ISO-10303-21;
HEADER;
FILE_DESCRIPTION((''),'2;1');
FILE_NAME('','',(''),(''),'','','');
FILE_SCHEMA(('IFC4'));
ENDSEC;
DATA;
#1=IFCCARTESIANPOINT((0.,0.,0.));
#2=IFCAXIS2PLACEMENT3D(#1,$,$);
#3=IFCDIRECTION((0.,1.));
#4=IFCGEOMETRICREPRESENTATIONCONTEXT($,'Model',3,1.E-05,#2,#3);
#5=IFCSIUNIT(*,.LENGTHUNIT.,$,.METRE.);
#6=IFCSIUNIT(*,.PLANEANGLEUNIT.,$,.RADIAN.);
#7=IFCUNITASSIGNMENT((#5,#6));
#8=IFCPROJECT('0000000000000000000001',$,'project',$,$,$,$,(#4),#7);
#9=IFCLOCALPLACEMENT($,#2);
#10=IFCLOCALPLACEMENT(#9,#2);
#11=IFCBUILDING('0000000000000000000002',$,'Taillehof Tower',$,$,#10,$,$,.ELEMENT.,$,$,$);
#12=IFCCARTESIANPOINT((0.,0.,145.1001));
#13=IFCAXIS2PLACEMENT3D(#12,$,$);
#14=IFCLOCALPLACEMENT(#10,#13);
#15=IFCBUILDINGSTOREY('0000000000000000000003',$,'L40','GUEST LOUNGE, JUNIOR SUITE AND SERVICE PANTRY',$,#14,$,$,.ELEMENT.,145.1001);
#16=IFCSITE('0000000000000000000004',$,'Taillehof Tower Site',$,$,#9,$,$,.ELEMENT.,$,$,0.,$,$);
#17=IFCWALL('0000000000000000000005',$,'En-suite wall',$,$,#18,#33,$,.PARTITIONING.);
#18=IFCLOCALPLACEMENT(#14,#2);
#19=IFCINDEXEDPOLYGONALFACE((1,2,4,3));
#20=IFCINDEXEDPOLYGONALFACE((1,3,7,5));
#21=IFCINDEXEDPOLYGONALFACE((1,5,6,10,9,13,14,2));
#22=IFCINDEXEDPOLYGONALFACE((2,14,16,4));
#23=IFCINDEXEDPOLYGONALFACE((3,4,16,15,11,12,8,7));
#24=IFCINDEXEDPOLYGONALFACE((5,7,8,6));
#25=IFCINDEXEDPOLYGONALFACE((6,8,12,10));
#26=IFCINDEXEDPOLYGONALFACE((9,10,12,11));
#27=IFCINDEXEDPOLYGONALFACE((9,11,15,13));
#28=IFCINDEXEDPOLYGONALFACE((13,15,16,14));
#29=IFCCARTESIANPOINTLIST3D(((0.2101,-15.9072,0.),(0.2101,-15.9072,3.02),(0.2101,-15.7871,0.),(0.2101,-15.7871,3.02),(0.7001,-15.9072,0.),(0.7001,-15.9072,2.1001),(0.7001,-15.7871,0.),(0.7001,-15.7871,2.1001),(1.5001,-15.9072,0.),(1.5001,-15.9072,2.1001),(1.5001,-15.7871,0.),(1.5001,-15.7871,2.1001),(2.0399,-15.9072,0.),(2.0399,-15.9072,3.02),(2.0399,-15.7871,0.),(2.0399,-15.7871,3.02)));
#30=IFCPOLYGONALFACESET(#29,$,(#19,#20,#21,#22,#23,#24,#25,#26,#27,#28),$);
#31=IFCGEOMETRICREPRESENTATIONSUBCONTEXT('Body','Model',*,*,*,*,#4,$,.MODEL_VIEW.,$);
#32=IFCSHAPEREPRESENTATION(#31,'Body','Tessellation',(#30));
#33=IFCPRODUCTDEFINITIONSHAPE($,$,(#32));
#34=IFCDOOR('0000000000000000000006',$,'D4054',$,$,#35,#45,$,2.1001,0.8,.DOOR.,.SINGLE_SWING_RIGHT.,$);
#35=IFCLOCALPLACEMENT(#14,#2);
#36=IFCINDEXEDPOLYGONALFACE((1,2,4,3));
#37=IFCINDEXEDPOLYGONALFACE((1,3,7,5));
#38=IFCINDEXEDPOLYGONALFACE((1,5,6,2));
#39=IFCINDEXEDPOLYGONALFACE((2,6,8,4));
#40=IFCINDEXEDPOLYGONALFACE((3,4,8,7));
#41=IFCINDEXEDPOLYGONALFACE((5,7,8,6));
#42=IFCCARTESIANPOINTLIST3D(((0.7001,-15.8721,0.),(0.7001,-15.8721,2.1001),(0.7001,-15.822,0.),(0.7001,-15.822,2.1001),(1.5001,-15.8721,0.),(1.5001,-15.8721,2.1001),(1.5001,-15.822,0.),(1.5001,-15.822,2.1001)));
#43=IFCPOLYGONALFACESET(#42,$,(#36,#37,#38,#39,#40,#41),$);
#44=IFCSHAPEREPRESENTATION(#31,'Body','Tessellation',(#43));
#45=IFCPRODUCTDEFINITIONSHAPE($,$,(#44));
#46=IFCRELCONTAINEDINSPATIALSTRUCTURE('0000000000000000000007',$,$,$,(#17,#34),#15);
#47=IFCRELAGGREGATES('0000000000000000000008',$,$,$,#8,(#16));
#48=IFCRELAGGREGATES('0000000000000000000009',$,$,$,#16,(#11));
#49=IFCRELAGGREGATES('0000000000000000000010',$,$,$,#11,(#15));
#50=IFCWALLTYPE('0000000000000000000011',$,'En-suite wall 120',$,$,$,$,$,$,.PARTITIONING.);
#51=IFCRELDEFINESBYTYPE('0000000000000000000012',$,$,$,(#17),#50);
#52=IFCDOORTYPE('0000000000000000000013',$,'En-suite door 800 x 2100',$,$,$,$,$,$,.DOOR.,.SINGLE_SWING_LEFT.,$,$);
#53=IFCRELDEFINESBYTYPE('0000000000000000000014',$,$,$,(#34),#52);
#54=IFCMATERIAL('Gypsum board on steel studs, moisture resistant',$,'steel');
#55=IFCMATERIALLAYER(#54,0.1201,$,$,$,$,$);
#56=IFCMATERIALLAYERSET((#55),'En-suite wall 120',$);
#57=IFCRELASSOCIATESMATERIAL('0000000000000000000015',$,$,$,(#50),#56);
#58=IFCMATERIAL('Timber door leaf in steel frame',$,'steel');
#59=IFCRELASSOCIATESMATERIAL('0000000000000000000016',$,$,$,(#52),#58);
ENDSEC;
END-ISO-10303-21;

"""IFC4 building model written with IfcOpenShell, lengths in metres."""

from ifc_helpers import new_model, si_unit, direction, frame, frame_2d, origin, place, context, subcontext, project, spatial, rectangle, extrude, material, layer, layer_set, type_object, element, fill, save


model = new_model("IFC4")

# Units and contexts
model_context = context("Model", 3, precision=1e-05, world=origin(), true_north=direction((0.0, 1.0)))
body_context = subcontext(model_context, "Body", "Model", "MODEL_VIEW")
ifc_project = project(units=[si_unit("LENGTHUNIT", "METRE"), si_unit("PLANEANGLEUNIT", "RADIAN")], contexts=[model_context])

# Site, building, storey
site_placement = place(None, origin())
site = spatial("IfcSite", under=ifc_project, at=site_placement, Name="Taillehof Tower Site", CompositionType="ELEMENT", RefElevation=0.0)
building_placement = place(site_placement, origin())
building = spatial("IfcBuilding", under=site, at=building_placement, Name="Taillehof Tower", CompositionType="ELEMENT")
storey_placement = place(building_placement, frame((0.0, 0.0, 145.1001)))
storey = spatial("IfcBuildingStorey", under=building, at=storey_placement, Name="L40", Description="GUEST LOUNGE, JUNIOR SUITE AND SERVICE PANTRY", CompositionType="ELEMENT", Elevation=145.1001)

# Shared definitions
ifc_material_1 = material(Name="Gypsum board on steel studs, moisture resistant", Category="steel")
ifc_layer_1 = layer(ifc_material_1, 0.1201)
ifc_layer_set_1 = layer_set([ifc_layer_1], Name="En-suite wall 120")
wall_type_1 = type_object("IfcWallType", Name="En-suite wall 120", PredefinedType="PARTITIONING", material=ifc_layer_set_1)

# Wall, opening, door
wall_1_placement = place(storey_placement, frame((2.04, -15.8472, 0.0), z_axis=(0.0, 0.0, 1.0), x_axis=(-1.0, 0.0, 0.0)))
wall_1 = element("IfcWall", 1, at=wall_1_placement, inside=storey, type_object=wall_type_1, Name="En-suite wall", PredefinedType="PARTITIONING", context=body_context, shape_type="SweptSolid", body=[
    extrude(rectangle(XDim=1.8298, YDim=0.1201, at=frame_2d((0.915, 0.0))), origin(), (0.0, 0.0, 1.0), 3.02),
])
opening_1_placement = place(wall_1_placement, frame((0.54, 0.0, 0.0)))
opening_1 = element("IfcOpeningElement", 2, at=opening_1_placement, cuts=wall_1, PredefinedType="OPENING", context=body_context, shape_type="SweptSolid", body=[
    extrude(rectangle(XDim=0.8, YDim=2.1001, at=frame_2d((0.3999, 1.05))), frame((0.0, 0.0701, 0.0), z_axis=(0.0, -1.0, 0.0), x_axis=(1.0, 0.0, 0.0)), (0.0, 0.0, 1.0), 0.1401),
])
ifc_material_2 = material(Name="Timber door leaf in steel frame", Category="steel")
door_type_1 = type_object("IfcDoorType", Name="En-suite door 800 x 2100", OperationType="SINGLE_SWING_LEFT", PredefinedType="DOOR", material=ifc_material_2)
door_1_placement = place(opening_1_placement, origin())
door_1 = element("IfcDoor", 3, at=door_1_placement, inside=storey, type_object=door_type_1, Name="D4054", OperationType="SINGLE_SWING_RIGHT", OverallHeight=2.1001, OverallWidth=0.8, PredefinedType="DOOR", context=body_context, shape_type="SweptSolid", body=[
    extrude(rectangle(XDim=0.8, YDim=2.1001, at=frame_2d((0.3999, 1.05))), frame((0.0, 0.0249, 0.0), z_axis=(0.0, -1.0, 0.0), x_axis=(1.0, 0.0, 0.0)), (0.0, 0.0, 1.0), 0.05),
])
fill(opening_1, door_1)

save(model, "model.ifc")
